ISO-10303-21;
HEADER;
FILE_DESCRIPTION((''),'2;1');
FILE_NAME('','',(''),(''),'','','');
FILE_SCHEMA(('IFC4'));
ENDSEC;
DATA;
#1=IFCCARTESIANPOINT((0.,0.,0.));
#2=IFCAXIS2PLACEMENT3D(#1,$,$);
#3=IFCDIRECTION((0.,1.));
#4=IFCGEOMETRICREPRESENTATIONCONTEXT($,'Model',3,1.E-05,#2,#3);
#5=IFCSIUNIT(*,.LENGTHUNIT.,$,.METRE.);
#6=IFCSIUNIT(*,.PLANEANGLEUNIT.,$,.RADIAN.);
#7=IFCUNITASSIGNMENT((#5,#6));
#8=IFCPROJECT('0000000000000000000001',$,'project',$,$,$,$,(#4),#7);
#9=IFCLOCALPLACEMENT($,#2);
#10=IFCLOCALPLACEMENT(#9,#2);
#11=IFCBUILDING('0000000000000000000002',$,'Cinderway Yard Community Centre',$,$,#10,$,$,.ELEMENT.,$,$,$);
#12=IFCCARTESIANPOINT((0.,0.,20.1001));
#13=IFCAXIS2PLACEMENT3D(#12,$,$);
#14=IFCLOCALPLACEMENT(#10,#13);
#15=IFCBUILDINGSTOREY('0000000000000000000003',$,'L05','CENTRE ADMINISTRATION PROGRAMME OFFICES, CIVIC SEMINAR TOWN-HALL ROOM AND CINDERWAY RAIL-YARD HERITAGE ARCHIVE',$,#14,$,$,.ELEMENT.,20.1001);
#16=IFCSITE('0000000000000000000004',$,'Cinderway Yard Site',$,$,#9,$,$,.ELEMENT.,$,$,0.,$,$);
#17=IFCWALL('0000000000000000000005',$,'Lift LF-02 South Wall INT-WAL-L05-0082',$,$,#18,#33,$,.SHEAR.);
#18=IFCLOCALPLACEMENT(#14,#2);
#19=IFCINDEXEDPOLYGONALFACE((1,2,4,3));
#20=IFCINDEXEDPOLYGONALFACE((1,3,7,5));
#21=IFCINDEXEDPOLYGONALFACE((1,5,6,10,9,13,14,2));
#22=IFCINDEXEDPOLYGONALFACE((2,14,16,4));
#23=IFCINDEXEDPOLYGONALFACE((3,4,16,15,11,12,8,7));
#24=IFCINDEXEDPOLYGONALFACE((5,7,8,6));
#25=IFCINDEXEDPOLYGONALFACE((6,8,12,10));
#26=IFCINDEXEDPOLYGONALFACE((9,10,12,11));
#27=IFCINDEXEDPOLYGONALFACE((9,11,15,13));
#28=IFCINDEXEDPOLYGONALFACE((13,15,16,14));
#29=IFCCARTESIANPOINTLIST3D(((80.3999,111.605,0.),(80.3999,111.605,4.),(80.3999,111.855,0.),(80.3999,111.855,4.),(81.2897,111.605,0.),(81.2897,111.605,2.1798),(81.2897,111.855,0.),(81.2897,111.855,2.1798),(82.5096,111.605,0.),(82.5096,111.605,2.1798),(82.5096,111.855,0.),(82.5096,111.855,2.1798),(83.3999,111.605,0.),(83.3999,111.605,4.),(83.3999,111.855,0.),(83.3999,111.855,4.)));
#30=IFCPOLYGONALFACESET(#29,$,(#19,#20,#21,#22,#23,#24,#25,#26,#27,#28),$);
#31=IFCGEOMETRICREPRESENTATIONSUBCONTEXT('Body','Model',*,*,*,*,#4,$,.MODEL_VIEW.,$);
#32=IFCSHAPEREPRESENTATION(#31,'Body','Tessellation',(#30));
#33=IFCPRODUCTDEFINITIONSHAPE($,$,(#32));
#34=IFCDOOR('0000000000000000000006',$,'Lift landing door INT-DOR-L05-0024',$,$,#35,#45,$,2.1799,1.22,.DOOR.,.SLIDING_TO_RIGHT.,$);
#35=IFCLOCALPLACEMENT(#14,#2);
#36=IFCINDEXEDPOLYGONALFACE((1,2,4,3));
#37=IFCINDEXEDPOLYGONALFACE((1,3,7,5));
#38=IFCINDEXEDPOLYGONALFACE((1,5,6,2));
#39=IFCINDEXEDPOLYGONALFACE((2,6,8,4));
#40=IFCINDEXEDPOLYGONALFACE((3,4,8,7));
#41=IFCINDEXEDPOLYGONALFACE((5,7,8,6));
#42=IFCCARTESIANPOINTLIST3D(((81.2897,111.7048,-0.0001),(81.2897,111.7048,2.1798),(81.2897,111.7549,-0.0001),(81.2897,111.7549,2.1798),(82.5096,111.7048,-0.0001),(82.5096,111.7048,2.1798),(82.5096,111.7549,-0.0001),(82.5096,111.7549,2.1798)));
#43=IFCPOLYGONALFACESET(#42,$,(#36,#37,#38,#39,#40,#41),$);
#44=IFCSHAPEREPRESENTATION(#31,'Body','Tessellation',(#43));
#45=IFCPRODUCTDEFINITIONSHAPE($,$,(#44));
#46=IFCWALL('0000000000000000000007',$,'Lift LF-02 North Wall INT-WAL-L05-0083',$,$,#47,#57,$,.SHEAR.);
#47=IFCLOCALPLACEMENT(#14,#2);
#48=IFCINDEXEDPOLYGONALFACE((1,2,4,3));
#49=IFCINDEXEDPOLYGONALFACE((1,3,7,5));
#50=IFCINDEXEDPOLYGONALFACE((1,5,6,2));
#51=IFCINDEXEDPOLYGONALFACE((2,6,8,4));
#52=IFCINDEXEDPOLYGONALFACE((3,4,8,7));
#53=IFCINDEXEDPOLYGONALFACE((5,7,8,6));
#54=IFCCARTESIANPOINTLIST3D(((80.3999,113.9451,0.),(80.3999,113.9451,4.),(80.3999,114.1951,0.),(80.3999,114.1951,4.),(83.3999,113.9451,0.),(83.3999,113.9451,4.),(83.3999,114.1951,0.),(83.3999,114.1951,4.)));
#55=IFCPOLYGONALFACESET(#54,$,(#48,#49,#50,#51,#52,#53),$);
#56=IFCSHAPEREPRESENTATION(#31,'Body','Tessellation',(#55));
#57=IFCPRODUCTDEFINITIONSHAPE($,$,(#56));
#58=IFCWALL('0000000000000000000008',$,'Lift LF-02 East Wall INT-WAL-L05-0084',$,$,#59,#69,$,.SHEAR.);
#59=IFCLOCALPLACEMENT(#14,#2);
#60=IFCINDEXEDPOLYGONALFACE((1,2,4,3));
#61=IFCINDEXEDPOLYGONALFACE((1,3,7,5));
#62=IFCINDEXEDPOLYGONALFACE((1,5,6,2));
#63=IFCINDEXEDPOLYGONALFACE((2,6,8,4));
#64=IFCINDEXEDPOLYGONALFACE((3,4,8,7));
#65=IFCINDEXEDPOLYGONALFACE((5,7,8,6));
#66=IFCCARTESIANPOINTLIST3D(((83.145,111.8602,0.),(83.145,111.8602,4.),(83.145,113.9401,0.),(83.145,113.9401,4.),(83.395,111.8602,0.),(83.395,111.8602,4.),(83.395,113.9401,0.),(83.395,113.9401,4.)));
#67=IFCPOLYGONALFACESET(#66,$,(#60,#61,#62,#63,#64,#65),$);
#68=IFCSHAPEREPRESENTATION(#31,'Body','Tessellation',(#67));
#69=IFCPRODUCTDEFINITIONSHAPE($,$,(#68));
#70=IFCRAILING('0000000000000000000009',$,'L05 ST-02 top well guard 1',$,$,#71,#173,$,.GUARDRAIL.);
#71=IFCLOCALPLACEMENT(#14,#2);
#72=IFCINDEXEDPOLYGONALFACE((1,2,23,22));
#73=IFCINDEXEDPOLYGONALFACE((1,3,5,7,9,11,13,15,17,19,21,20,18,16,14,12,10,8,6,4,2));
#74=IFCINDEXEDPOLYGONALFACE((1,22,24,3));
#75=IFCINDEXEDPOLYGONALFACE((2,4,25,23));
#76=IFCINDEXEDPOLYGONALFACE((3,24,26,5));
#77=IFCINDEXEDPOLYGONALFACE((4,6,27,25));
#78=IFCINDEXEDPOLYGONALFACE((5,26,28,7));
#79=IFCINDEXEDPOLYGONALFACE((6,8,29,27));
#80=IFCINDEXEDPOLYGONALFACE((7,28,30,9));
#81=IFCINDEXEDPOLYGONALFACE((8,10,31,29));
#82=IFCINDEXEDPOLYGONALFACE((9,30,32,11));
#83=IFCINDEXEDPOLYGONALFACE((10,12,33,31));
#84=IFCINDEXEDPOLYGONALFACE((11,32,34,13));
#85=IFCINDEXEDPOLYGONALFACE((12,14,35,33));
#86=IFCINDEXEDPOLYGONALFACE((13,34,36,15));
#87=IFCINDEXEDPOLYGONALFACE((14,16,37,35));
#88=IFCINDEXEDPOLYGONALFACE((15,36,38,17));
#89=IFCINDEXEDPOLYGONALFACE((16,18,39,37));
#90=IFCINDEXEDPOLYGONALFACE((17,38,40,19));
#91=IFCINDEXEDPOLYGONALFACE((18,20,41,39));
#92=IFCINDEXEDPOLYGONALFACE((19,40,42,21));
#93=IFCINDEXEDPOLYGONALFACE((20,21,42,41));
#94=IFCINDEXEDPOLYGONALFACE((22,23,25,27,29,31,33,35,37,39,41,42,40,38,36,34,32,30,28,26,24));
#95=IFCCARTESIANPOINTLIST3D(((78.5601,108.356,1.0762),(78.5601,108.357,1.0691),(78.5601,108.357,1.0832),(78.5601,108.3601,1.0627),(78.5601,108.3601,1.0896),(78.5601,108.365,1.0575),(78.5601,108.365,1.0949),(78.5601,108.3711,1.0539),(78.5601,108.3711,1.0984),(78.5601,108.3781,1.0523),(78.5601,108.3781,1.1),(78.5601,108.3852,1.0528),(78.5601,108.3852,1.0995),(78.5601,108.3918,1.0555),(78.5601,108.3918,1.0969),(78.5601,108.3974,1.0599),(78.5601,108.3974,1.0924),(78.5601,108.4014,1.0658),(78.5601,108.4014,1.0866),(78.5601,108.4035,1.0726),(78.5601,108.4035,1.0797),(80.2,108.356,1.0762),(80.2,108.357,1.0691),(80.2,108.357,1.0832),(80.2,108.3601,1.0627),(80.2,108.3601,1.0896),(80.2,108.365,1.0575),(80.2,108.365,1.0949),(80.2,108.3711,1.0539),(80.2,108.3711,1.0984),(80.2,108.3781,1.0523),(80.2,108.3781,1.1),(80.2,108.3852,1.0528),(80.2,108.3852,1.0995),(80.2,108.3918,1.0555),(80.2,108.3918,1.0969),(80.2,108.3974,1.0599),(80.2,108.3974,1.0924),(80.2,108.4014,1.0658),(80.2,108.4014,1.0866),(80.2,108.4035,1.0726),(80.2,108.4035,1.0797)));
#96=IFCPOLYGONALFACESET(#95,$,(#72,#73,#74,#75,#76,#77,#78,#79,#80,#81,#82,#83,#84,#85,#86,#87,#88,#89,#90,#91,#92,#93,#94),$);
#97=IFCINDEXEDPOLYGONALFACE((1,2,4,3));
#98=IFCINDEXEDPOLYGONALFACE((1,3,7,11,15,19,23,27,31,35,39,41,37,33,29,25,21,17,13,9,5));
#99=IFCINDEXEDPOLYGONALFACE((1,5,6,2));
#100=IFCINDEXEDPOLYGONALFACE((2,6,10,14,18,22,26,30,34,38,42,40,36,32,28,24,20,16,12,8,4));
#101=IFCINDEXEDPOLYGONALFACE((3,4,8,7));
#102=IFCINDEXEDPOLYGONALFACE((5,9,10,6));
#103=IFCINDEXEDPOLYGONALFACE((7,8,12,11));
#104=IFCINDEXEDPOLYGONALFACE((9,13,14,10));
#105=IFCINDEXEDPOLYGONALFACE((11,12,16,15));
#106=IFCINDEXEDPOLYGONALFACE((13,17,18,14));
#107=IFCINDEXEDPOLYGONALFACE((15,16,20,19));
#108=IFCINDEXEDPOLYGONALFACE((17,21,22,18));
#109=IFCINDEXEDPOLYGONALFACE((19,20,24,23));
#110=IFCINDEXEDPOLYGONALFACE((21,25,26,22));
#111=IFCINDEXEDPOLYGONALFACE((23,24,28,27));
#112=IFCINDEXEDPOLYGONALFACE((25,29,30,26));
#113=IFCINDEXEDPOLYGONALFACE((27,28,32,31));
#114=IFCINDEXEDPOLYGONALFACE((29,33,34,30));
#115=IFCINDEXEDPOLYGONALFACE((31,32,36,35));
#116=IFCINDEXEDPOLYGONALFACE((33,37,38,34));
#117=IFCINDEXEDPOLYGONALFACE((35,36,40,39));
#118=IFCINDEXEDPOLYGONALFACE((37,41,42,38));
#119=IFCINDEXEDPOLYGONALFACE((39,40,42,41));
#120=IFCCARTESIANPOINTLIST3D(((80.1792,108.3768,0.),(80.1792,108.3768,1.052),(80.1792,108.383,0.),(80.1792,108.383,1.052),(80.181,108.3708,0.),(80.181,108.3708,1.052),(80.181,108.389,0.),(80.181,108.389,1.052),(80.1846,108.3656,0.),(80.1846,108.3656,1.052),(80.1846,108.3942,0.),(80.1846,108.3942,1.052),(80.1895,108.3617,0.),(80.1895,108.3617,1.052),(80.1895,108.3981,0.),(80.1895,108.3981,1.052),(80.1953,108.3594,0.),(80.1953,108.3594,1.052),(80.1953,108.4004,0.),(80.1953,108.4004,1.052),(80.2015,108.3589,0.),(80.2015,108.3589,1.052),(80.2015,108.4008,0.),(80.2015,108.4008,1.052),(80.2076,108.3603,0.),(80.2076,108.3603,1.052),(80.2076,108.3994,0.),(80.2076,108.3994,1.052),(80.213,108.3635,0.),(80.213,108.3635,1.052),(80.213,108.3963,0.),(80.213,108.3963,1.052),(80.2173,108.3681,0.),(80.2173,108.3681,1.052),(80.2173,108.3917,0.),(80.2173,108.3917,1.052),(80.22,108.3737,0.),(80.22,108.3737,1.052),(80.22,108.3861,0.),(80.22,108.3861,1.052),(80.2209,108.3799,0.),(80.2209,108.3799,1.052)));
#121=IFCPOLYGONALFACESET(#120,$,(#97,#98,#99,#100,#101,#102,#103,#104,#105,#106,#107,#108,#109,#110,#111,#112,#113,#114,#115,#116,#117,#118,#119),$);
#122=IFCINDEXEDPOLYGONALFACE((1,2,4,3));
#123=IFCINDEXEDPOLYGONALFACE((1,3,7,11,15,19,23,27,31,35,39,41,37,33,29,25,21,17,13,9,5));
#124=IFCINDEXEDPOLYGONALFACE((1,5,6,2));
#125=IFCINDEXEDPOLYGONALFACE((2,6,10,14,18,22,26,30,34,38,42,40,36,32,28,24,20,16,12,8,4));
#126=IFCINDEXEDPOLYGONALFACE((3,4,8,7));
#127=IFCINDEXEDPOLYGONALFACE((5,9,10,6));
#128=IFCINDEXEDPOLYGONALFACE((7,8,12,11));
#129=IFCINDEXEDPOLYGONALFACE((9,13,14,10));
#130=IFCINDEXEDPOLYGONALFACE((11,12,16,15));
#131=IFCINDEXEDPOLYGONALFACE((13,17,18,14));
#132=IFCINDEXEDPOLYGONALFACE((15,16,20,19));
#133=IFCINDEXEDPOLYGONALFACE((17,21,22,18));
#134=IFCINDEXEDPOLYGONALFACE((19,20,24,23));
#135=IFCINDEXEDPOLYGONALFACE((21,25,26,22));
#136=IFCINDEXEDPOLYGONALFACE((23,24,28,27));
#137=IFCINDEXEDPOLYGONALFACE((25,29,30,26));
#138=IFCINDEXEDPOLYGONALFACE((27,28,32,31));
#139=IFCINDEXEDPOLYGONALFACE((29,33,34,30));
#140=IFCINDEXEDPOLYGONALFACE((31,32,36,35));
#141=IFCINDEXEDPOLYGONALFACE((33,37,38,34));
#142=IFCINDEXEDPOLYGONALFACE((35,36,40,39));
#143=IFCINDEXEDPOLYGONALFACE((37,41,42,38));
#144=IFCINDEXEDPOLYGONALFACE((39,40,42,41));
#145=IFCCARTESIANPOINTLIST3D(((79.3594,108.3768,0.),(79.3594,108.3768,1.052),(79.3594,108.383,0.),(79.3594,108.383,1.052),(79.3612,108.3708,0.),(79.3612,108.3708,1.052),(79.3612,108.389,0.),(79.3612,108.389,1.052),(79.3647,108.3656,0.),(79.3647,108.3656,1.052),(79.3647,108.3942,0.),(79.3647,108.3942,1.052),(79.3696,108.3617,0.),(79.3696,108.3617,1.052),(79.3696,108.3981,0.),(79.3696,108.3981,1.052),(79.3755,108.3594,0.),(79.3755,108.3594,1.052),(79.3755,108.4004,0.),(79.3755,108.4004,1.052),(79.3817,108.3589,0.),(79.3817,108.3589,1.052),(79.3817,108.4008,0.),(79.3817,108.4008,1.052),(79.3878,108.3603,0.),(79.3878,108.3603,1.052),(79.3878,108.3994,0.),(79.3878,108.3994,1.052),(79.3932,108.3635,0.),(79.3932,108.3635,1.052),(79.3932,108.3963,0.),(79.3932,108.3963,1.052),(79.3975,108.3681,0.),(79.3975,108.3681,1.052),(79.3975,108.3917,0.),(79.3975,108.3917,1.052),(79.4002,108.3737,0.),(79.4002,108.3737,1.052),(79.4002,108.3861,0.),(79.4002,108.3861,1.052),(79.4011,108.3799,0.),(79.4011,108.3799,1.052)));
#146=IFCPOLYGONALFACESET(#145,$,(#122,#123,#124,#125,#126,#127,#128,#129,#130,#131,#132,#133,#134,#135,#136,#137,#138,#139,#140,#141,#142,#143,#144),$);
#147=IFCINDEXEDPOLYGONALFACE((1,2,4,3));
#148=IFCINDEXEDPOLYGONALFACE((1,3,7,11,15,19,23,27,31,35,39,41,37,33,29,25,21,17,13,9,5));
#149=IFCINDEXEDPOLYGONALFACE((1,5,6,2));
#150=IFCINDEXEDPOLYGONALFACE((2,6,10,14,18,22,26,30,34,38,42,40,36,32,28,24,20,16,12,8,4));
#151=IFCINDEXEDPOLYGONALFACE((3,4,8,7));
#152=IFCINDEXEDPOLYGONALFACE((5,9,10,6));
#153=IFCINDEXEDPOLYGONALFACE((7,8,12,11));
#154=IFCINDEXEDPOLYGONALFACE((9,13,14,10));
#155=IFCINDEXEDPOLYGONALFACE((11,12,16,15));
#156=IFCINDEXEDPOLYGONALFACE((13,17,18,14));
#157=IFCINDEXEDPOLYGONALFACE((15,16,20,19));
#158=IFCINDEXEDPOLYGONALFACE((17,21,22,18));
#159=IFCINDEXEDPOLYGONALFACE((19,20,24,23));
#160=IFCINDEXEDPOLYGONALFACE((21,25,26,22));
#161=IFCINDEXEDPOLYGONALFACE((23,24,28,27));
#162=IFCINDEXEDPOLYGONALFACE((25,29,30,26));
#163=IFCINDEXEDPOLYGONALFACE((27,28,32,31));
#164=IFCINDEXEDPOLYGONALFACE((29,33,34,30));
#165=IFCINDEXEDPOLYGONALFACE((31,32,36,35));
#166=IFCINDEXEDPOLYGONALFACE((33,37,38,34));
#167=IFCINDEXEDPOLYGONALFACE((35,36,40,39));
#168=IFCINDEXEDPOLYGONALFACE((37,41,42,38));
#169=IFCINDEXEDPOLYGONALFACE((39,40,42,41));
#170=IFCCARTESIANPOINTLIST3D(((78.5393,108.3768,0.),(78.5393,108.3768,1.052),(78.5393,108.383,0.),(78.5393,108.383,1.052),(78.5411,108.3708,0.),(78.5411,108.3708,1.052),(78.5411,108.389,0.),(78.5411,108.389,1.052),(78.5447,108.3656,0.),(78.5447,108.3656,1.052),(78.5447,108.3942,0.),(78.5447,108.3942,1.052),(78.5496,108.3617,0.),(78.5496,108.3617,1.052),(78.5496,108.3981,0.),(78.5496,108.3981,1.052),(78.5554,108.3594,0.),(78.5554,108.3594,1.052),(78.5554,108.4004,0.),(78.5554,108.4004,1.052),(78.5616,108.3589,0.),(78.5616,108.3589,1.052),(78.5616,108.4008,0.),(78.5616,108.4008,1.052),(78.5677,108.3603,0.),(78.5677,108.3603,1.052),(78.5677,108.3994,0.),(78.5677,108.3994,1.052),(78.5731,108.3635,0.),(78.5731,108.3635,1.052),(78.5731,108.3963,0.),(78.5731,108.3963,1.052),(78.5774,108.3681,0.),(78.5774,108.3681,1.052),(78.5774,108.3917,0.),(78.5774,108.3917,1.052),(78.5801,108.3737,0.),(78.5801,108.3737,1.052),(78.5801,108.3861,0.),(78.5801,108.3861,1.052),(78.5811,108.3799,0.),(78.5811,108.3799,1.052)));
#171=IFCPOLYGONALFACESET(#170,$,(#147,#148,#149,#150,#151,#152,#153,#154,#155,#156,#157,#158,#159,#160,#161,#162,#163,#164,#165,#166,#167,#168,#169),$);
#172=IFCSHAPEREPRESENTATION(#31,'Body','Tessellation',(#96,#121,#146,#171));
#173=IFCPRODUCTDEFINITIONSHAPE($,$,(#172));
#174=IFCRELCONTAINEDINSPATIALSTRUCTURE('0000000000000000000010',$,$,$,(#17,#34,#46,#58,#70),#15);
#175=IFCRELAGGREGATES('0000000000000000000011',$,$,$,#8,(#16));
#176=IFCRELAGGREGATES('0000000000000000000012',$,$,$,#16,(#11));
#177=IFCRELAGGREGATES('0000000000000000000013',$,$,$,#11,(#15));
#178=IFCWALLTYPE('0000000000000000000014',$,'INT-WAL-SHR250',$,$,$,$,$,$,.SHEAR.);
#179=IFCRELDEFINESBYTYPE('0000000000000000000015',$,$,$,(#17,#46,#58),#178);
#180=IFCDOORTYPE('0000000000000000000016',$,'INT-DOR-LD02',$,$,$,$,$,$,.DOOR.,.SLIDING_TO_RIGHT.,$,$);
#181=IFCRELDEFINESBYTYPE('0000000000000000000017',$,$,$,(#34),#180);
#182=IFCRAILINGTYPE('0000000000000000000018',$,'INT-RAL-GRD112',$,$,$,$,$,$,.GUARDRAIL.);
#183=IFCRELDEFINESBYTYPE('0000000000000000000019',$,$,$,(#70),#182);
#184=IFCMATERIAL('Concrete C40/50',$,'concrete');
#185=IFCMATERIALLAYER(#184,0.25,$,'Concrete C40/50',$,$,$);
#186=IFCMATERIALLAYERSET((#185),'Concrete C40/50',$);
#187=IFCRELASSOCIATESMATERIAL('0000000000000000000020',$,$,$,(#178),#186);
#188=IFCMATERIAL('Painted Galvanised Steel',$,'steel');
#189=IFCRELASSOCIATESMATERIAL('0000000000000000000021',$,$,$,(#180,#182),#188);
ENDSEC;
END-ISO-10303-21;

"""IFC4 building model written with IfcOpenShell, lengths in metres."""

from ifc_helpers import new_model, si_unit, direction, frame, frame_2d, origin, origin_2d, place, context, subcontext, project, spatial, rectangle, circle, extrude, material, layer, layer_set, type_object, element, fill, save


model = new_model("IFC4")

# Units and contexts
model_context = context("Model", 3, precision=1e-05, world=origin(), true_north=direction((0.0, 1.0)))
body_context = subcontext(model_context, "Body", "Model", "MODEL_VIEW")
ifc_project = project(units=[si_unit("LENGTHUNIT", "METRE"), si_unit("PLANEANGLEUNIT", "RADIAN")], contexts=[model_context])

# Site, building, storey
site_placement = place(None, origin())
site = spatial("IfcSite", under=ifc_project, at=site_placement, Name="Cinderway Yard Site", CompositionType="ELEMENT", RefElevation=0.0)
building_placement = place(site_placement, origin())
building = spatial("IfcBuilding", under=site, at=building_placement, Name="Cinderway Yard Community Centre", CompositionType="ELEMENT")
storey_placement = place(building_placement, frame((0.0, 0.0, 20.1001)))
storey = spatial("IfcBuildingStorey", under=building, at=storey_placement, Name="L05", Description="CENTRE ADMINISTRATION PROGRAMME OFFICES, CIVIC SEMINAR TOWN-HALL ROOM AND CINDERWAY RAIL-YARD HERITAGE ARCHIVE", CompositionType="ELEMENT", Elevation=20.1001)

# Shared definitions
ifc_material_1 = material(Name="Painted Galvanised Steel", Category="steel")

# Shared definitions
ifc_material_2 = material(Name="Concrete C40/50", Category="concrete")
ifc_layer_1 = layer(ifc_material_2, 0.25, Name="Concrete C40/50")
ifc_layer_set_1 = layer_set([ifc_layer_1], Name="Concrete C40/50")
wall_type_1 = type_object("IfcWallType", Name="INT-WAL-SHR250", PredefinedType="SHEAR", material=ifc_layer_set_1)

# Wall, opening, door
wall_1_placement = place(storey_placement, frame((80.3999, 111.73, 0.0), z_axis=(0.0, 0.0, 1.0), x_axis=(1.0, 0.0, 0.0)))
wall_1 = element("IfcWall", 1, at=wall_1_placement, inside=storey, type_object=wall_type_1, Name="Lift LF-02 South Wall INT-WAL-L05-0082", PredefinedType="SHEAR", context=body_context, shape_type="SweptSolid", body=[
    extrude(rectangle(XDim=3.0, YDim=0.25, at=frame_2d((1.5, 0.0))), origin(), (0.0, 0.0, 1.0), 4.0),
])
opening_1_placement = place(wall_1_placement, frame((0.8899, 0.0, 0.0)))
opening_1 = element("IfcOpeningElement", 2, at=opening_1_placement, cuts=wall_1, PredefinedType="OPENING", context=body_context, shape_type="SweptSolid", body=[
    extrude(rectangle(XDim=1.22, YDim=2.1799, at=frame_2d((0.6099, 1.0898))), frame((0.0, 0.135, 0.0), z_axis=(0.0, -1.0, 0.0), x_axis=(1.0, 0.0, 0.0)), (0.0, 0.0, 1.0), 0.27),
])
door_type_1 = type_object("IfcDoorType", Name="INT-DOR-LD02", OperationType="SLIDING_TO_RIGHT", PredefinedType="DOOR", material=ifc_material_1)
door_1_placement = place(opening_1_placement, origin())
door_1 = element("IfcDoor", 3, at=door_1_placement, inside=storey, type_object=door_type_1, Name="Lift landing door INT-DOR-L05-0024", OperationType="SLIDING_TO_RIGHT", OverallHeight=2.1799, OverallWidth=1.22, PredefinedType="DOOR", context=body_context, shape_type="SweptSolid", body=[
    extrude(rectangle(XDim=1.22, YDim=2.1799, at=frame_2d((0.6099, 1.0898))), frame((0.0, 0.0249, 0.0), z_axis=(0.0, -1.0, 0.0), x_axis=(1.0, 0.0, 0.0)), (0.0, 0.0, 1.0), 0.05),
])
fill(opening_1, door_1)

# Walls
wall_2_placement = place(storey_placement, frame((83.3999, 114.0701, 0.0), z_axis=(0.0, 0.0, 1.0), x_axis=(-1.0, 0.0, 0.0)))
element("IfcWall", 4, at=wall_2_placement, inside=storey, type_object=wall_type_1, Name="Lift LF-02 North Wall INT-WAL-L05-0083", PredefinedType="SHEAR", context=body_context, shape_type="SweptSolid", body=[
    extrude(rectangle(XDim=3.0, YDim=0.25, at=frame_2d((1.5, 0.0))), origin(), (0.0, 0.0, 1.0), 4.0),
])
wall_3_placement = place(storey_placement, frame((83.27, 111.8601, 0.0), z_axis=(0.0, 0.0, 1.0), x_axis=(0.0, 1.0, 0.0)))
element("IfcWall", 5, at=wall_3_placement, inside=storey, type_object=wall_type_1, Name="Lift LF-02 East Wall INT-WAL-L05-0084", PredefinedType="SHEAR", context=body_context, shape_type="SweptSolid", body=[
    extrude(rectangle(XDim=2.0798, YDim=0.25, at=frame_2d((1.04, 0.0))), origin(), (0.0, 0.0, 1.0), 4.0),
])

# Railing
railing_type = type_object("IfcRailingType", Name="INT-RAL-GRD112", PredefinedType="GUARDRAIL", material=ifc_material_1)
railing_1_placement = place(storey_placement, frame((80.2, 108.3799, 0.0)))
element("IfcRailing", 6, at=railing_1_placement, inside=storey, type_object=railing_type, Name="L05 ST-02 top well guard 1", PredefinedType="GUARDRAIL", context=body_context, shape_type="SweptSolid", body=[
    extrude(circle(Radius=0.0239, at=origin_2d()), frame((0.0, 0.0, 1.0762), z_axis=(-1.0, 0.0, 0.0), x_axis=(0.0, -1.0, 0.0)), (0.0, 0.0, 1.0), 1.6399),
    extrude(circle(Radius=0.021, at=origin_2d()), origin(), (0.0, 0.0, 1.0), 1.052),
    extrude(circle(Radius=0.021, at=origin_2d()), frame((-0.8198, 0.0, 0.0)), (0.0, 0.0, 1.0), 1.052),
    extrude(circle(Radius=0.021, at=origin_2d()), frame((-1.6399, 0.0, 0.0)), (0.0, 0.0, 1.0), 1.052),
])

save(model, "model.ifc")
